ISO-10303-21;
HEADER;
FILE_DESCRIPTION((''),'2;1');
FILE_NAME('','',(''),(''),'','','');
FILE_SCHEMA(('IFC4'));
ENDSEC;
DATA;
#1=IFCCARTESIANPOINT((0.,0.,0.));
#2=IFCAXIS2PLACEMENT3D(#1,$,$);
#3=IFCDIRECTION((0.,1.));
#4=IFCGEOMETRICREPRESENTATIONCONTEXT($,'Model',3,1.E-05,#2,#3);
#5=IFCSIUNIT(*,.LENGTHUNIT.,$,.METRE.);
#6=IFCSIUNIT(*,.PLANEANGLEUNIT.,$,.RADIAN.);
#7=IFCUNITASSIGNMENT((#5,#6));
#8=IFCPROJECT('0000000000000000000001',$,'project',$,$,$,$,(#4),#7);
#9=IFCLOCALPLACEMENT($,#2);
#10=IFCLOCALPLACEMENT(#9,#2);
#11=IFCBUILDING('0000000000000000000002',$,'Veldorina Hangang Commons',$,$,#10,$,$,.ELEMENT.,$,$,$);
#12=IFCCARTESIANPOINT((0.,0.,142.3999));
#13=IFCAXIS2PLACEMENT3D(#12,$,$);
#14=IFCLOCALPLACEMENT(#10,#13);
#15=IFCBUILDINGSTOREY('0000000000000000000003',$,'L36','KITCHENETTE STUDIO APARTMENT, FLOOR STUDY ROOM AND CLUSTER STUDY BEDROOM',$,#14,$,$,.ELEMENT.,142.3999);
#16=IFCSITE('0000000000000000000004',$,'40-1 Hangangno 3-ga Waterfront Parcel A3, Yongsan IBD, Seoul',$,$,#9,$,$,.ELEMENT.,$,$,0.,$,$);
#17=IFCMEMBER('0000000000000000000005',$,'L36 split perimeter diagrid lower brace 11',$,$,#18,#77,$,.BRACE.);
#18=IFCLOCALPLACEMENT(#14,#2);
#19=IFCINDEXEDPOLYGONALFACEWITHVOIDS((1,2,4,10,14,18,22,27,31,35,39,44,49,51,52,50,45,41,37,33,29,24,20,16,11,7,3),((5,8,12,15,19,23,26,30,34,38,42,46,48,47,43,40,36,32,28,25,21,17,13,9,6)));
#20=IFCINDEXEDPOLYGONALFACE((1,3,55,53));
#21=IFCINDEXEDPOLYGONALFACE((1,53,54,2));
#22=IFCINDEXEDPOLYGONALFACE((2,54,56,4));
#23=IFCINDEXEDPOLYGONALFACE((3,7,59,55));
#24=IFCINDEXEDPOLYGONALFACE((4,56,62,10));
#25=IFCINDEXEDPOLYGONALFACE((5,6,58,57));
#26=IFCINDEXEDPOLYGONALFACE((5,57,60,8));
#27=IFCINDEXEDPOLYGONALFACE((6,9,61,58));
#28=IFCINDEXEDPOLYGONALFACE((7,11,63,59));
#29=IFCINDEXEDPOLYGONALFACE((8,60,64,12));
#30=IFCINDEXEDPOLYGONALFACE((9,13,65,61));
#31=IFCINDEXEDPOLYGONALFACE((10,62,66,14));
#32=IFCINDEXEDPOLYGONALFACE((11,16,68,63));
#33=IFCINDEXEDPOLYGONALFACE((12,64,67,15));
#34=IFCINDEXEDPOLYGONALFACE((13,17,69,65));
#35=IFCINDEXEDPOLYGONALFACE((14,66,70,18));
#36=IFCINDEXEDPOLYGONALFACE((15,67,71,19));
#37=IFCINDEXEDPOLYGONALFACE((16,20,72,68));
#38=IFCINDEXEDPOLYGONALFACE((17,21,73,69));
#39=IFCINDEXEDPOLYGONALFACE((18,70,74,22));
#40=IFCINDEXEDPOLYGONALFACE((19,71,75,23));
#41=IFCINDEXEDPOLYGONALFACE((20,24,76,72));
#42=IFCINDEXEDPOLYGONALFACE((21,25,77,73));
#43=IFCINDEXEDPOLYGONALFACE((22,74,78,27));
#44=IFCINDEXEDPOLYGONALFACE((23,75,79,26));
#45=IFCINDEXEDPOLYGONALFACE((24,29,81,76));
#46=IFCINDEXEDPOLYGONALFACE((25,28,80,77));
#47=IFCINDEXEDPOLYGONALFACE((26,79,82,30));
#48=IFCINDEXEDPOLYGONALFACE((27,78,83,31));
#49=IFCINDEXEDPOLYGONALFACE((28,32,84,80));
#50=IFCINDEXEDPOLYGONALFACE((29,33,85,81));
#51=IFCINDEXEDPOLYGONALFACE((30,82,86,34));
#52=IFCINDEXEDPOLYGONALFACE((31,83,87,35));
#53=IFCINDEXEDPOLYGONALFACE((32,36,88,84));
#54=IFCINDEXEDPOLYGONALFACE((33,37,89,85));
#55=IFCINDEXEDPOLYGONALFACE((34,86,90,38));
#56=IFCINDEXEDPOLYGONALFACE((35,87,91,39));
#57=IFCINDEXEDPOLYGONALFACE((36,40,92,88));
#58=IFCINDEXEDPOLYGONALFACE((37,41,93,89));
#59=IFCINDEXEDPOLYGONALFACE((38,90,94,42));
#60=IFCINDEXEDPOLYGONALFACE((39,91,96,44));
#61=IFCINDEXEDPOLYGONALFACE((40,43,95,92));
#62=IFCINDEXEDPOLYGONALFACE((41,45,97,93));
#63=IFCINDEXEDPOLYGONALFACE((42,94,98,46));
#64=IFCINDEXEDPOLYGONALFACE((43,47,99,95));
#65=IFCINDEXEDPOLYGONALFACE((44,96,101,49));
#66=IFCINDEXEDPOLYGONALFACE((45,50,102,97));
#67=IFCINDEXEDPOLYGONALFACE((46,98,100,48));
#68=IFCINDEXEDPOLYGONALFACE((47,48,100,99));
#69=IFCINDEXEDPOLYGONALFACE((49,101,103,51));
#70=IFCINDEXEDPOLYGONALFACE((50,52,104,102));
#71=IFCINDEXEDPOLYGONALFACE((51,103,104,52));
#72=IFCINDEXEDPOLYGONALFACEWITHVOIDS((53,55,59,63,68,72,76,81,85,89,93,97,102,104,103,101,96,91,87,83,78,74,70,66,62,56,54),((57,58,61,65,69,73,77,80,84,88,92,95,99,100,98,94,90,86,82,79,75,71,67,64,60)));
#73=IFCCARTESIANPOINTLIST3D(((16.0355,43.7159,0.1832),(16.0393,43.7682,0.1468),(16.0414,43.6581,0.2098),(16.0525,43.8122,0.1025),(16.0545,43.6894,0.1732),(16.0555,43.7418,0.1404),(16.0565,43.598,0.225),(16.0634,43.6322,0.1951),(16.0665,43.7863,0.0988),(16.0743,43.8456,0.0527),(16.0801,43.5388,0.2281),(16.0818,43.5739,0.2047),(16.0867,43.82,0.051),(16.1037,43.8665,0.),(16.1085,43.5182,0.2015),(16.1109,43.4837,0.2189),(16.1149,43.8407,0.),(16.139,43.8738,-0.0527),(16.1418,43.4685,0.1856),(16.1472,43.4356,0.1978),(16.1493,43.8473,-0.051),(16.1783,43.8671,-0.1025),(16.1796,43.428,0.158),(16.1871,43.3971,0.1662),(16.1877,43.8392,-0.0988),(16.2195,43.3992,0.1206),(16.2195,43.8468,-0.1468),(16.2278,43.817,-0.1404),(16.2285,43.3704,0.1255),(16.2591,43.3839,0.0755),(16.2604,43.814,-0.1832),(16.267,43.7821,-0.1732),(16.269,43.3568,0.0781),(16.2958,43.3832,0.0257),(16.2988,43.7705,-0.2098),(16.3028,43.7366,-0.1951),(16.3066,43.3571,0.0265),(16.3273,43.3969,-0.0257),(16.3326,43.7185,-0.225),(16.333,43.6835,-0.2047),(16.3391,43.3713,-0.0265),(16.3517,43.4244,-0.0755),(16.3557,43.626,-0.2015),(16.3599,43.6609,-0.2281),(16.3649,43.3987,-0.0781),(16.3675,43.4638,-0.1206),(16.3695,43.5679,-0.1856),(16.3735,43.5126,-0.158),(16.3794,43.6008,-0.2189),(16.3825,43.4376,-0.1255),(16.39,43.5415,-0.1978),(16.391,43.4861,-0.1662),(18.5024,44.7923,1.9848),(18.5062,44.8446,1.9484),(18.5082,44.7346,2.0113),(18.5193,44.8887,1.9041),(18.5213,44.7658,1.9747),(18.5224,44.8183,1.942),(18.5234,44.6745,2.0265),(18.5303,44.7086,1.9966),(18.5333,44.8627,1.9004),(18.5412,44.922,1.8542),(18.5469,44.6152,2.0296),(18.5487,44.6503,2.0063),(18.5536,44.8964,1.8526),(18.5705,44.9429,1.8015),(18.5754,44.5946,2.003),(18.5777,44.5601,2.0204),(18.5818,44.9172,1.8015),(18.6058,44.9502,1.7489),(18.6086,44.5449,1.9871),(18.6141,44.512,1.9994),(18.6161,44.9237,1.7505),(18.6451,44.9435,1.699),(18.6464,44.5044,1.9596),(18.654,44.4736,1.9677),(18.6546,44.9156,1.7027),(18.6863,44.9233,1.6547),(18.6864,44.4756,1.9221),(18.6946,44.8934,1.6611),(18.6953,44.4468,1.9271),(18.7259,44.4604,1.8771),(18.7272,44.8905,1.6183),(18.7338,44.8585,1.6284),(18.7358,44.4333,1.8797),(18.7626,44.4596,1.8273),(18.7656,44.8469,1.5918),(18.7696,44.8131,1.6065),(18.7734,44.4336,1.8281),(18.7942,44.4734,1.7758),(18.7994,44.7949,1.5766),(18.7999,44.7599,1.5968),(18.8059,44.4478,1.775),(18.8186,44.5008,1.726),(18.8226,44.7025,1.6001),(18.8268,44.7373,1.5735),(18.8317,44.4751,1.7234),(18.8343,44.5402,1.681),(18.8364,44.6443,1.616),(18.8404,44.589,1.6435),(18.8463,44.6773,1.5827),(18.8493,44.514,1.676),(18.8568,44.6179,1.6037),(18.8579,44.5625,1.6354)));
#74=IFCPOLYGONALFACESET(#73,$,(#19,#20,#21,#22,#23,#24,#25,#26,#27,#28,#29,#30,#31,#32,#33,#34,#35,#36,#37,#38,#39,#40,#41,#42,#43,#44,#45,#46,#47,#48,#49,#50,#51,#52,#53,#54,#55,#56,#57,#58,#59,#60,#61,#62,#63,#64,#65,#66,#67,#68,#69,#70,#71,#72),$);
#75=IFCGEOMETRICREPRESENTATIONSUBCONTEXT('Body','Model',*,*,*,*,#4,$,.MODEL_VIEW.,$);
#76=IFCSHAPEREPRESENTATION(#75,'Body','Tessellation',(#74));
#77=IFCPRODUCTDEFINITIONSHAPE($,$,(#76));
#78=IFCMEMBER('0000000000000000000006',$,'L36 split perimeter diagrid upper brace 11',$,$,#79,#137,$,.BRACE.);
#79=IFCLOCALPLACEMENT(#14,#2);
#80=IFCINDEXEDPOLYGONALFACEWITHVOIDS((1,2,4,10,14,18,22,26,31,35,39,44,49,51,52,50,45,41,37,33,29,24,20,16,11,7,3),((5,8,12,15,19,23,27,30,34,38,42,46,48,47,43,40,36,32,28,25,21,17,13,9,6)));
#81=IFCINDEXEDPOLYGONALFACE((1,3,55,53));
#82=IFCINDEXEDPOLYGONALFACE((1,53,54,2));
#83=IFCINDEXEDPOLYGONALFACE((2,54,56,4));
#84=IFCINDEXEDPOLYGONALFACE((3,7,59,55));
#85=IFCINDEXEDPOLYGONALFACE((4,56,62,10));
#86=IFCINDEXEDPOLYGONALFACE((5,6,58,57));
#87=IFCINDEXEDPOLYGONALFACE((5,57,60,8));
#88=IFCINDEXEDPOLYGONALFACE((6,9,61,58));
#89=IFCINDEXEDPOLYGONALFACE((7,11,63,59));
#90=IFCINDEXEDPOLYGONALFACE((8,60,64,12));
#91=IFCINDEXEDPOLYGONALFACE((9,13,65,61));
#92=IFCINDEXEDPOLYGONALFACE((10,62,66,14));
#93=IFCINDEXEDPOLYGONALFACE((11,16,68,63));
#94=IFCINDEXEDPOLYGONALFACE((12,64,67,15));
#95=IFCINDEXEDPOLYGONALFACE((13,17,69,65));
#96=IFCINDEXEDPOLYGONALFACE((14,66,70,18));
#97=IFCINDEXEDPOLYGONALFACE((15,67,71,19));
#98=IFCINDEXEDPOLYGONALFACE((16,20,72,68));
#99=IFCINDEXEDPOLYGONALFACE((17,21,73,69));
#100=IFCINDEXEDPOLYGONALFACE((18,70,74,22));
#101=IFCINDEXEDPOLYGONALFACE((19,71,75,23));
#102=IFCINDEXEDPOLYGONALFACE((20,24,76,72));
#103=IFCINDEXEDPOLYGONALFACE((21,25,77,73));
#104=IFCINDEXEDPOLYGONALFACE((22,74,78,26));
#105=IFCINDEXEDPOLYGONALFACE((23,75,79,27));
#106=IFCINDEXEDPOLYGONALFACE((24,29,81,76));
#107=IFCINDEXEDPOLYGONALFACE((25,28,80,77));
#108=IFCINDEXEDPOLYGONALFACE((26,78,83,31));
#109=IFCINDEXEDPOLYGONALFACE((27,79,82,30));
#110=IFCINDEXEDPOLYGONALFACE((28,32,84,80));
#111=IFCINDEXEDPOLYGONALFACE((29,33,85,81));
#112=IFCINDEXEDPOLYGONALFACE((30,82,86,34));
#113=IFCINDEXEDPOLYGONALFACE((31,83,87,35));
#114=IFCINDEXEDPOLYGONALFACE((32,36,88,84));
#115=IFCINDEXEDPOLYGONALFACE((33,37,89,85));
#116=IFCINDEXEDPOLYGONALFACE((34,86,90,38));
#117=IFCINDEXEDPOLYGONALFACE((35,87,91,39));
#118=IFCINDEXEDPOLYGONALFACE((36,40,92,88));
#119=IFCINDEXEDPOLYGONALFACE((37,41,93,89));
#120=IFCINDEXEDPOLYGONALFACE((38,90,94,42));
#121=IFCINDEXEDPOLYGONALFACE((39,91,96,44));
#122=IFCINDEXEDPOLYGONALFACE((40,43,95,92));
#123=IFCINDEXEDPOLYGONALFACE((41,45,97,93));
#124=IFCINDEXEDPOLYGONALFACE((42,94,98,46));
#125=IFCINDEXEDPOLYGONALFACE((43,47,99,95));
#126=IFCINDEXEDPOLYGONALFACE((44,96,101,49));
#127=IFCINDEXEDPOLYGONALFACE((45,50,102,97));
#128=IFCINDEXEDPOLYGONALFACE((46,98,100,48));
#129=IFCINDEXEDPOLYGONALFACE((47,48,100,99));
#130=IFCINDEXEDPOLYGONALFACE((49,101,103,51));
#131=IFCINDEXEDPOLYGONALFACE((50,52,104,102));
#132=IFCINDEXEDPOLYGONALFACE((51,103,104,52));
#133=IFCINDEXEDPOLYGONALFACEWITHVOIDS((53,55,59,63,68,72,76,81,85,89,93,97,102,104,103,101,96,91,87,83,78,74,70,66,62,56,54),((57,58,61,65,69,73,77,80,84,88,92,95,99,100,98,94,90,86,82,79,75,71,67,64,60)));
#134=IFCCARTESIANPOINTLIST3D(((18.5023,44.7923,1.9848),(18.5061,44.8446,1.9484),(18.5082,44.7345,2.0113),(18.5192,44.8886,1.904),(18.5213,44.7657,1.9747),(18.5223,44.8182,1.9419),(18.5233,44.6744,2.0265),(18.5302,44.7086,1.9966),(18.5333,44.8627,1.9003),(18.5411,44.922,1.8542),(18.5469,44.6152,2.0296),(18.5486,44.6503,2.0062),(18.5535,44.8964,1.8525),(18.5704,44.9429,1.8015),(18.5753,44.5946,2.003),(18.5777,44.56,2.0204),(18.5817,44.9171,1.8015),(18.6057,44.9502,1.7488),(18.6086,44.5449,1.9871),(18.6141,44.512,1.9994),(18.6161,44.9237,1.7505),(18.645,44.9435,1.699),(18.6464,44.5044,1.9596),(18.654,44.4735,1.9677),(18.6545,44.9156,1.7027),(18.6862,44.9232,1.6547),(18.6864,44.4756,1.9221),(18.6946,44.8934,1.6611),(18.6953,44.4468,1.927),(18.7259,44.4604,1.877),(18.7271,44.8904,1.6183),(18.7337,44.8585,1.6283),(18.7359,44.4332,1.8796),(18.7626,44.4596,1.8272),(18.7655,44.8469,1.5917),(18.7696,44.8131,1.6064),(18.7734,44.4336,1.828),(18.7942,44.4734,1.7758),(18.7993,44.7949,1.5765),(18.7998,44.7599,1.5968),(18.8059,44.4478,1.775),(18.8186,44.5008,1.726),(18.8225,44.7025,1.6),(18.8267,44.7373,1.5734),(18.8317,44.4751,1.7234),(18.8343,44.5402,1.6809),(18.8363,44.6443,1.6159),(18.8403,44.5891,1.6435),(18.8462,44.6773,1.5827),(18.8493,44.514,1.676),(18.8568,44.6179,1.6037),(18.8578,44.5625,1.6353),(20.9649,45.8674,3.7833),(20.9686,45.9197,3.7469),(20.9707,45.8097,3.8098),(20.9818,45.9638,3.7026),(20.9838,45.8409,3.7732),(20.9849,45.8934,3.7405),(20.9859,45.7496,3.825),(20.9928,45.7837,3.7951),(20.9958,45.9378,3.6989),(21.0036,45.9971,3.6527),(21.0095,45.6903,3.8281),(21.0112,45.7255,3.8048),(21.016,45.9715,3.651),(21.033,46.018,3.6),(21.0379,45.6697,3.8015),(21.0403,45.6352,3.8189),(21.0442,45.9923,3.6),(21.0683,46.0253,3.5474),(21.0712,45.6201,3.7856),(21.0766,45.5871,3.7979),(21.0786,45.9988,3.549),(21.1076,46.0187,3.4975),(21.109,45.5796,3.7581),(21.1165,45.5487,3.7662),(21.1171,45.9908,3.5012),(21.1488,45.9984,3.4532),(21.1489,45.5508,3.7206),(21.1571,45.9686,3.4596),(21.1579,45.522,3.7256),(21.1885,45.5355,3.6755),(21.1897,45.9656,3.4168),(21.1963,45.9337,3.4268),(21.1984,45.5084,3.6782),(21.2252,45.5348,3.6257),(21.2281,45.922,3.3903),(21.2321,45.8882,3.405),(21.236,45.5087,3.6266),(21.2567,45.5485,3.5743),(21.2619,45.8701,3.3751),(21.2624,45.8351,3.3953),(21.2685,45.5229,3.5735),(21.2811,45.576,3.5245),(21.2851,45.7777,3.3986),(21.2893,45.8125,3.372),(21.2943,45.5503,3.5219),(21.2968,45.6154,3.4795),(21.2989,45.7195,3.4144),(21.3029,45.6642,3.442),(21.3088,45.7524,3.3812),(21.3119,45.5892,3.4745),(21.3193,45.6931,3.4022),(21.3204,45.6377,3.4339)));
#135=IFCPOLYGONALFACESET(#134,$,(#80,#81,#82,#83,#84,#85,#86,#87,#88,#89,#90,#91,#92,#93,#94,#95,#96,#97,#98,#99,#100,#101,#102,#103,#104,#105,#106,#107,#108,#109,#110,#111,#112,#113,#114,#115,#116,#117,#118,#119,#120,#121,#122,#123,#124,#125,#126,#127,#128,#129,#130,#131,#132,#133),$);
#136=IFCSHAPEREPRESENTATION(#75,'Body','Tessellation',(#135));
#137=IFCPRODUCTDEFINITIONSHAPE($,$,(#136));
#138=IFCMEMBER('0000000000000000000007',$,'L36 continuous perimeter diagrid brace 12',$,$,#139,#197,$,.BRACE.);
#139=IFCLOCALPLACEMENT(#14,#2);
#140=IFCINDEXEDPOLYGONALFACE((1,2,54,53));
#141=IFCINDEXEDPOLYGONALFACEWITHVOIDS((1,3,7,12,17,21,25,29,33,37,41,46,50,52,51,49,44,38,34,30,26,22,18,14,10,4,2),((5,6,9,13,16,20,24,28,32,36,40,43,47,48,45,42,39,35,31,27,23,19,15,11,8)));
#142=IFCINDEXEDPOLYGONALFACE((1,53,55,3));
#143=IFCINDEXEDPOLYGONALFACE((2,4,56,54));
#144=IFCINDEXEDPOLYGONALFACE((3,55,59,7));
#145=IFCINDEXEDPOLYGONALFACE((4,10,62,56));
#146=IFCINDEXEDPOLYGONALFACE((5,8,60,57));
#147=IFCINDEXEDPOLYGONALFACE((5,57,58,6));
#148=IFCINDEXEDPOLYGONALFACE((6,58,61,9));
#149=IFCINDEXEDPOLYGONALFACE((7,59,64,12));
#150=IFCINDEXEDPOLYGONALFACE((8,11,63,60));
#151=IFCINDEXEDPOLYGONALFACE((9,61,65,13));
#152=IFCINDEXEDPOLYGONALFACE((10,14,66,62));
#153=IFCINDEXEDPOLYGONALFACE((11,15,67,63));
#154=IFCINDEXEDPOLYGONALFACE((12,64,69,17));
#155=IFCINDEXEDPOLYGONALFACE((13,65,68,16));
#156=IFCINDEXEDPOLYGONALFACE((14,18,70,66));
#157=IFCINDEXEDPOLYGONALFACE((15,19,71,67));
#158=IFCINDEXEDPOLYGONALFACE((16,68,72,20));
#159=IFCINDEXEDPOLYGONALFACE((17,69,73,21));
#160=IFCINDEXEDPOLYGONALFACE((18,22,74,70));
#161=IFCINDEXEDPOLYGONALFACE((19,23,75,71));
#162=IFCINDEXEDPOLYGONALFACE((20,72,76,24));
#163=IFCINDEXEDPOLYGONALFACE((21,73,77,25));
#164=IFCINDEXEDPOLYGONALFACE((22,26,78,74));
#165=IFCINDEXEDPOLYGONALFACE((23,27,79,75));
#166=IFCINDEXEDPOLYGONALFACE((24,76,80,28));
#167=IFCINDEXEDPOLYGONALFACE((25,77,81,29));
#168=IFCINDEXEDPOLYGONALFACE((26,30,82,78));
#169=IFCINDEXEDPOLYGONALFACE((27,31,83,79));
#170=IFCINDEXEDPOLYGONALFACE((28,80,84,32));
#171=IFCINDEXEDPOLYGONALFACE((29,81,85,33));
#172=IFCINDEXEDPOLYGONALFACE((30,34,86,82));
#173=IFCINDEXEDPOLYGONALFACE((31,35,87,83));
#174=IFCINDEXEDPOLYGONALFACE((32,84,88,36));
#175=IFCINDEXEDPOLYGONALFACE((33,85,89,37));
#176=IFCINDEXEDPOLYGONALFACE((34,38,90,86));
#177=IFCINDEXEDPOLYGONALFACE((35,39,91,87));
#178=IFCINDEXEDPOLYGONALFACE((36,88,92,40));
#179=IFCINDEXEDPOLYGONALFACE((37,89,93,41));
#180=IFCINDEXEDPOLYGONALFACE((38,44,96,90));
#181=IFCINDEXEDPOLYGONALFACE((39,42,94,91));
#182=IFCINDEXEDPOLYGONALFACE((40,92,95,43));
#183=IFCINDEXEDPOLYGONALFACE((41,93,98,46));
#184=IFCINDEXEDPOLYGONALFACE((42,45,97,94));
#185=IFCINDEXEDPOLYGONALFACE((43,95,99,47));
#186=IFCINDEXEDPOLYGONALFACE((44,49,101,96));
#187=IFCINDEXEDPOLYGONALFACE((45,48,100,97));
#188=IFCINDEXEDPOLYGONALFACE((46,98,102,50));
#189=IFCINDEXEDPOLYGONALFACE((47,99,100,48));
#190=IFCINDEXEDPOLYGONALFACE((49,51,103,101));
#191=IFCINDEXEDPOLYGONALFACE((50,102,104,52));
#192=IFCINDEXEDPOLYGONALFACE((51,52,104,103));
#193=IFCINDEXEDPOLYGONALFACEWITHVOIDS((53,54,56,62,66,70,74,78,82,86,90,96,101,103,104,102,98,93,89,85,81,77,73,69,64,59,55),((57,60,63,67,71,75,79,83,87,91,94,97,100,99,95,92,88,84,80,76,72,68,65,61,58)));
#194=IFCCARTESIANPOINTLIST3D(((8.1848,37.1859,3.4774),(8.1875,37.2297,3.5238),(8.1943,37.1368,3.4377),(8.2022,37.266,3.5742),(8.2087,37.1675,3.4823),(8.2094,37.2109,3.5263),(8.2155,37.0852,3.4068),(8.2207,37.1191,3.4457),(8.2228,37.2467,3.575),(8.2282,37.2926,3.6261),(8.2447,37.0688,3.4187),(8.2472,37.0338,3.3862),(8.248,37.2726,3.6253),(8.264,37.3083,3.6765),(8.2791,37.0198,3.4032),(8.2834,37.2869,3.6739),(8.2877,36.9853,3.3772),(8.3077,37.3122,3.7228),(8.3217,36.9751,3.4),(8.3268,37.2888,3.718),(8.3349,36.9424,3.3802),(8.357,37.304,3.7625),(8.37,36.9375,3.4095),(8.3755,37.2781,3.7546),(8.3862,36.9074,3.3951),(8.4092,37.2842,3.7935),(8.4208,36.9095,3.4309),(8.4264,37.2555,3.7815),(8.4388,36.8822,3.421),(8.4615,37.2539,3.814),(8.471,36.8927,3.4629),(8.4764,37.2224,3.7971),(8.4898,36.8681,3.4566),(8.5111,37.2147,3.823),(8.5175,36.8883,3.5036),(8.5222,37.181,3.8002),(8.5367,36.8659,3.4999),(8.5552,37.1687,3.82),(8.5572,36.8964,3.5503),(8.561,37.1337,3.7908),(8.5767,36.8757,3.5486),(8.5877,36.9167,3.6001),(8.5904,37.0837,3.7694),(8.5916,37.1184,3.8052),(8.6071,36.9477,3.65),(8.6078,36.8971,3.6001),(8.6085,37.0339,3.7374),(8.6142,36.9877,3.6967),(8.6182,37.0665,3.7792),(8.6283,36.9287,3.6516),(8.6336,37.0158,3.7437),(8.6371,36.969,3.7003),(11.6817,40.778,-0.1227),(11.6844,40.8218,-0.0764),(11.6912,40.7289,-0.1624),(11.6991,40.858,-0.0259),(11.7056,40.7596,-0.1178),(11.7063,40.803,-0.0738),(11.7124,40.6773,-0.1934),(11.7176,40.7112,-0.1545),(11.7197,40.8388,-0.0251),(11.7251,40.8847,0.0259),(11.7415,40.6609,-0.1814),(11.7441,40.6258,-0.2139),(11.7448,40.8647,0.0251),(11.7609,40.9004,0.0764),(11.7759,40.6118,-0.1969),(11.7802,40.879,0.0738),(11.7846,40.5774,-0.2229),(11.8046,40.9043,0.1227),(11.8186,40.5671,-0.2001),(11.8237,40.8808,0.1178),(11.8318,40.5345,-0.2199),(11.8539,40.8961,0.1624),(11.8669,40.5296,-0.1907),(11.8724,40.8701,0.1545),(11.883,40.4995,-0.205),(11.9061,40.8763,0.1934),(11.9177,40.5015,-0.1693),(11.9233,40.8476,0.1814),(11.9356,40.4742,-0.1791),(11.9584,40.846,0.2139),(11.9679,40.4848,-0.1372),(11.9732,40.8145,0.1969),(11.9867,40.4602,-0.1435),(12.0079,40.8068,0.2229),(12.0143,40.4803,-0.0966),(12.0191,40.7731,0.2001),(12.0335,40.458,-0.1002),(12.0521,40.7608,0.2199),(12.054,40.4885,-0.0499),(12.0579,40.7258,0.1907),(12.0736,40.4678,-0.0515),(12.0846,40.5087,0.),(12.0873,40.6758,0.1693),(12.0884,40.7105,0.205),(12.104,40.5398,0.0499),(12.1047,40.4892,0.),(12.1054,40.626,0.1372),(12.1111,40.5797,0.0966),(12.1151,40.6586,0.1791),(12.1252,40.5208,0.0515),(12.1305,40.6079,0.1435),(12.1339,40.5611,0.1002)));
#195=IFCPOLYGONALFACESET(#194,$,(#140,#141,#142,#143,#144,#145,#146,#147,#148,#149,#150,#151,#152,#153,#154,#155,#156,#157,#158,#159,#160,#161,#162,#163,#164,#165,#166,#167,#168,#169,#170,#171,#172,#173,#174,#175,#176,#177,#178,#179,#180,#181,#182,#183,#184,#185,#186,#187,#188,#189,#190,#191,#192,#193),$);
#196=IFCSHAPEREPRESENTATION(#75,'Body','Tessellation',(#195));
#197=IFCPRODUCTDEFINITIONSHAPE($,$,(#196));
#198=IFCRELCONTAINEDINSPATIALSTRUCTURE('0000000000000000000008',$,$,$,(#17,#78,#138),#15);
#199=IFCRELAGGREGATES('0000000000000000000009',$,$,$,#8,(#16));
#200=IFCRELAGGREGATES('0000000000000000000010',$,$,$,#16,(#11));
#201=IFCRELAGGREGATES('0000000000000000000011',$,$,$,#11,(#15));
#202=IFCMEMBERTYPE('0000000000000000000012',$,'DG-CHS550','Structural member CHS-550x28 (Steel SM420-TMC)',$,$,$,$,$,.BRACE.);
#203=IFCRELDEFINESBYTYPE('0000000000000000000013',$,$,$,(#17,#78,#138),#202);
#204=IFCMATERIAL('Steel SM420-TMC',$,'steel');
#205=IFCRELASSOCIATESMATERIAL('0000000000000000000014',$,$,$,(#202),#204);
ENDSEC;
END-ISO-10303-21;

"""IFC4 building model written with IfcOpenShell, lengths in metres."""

from ifc_helpers import new_model, si_unit, direction, frame, origin, origin_2d, place, context, subcontext, project, spatial, hollow_circle, extrude, material, material_profile, profile_set, type_object, element, save


model = new_model("IFC4")

# Units and contexts
model_context = context("Model", 3, precision=1e-05, world=origin(), true_north=direction((0.0, 1.0)))
body_context = subcontext(model_context, "Body", "Model", "MODEL_VIEW")
ifc_project = project(units=[si_unit("LENGTHUNIT", "METRE"), si_unit("PLANEANGLEUNIT", "RADIAN")], contexts=[model_context])

# Site, building, storey
site_placement = place(None, origin())
site = spatial("IfcSite", under=ifc_project, at=site_placement, Name="40-1 Hangangno 3-ga Waterfront Parcel A3, Yongsan IBD, Seoul", CompositionType="ELEMENT", RefElevation=0.0)
building_placement = place(site_placement, origin())
building = spatial("IfcBuilding", under=site, at=building_placement, Name="Veldorina Hangang Commons", CompositionType="ELEMENT")
storey_placement = place(building_placement, frame((0.0, 0.0, 142.3999)))
storey = spatial("IfcBuildingStorey", under=building, at=storey_placement, Name="L36", Description="KITCHENETTE STUDIO APARTMENT, FLOOR STUDY ROOM AND CLUSTER STUDY BEDROOM", CompositionType="ELEMENT", Elevation=142.3999)

# Shared definitions
ifc_material_1 = material(Name="Steel SM420-TMC", Category="steel")

# Members
ifc_material_profile_1 = material_profile(ifc_material_1, hollow_circle(Radius=0.2749, WallThickness=0.0281, at=origin_2d()), Name="CHS-550x28")
ifc_profile_set_1 = profile_set([ifc_material_profile_1], Name="Steel SM420-TMC")
member_type = type_object("IfcMemberType", Name="DG-CHS550", Description="Structural member CHS-550x28 (Steel SM420-TMC)", PredefinedType="BRACE", material=ifc_profile_set_1)
member_1_placement = place(storey_placement, frame((16.2136, 43.6145, 0.0), z_axis=(0.761662, 0.33236, 0.556245), x_axis=(-0.399943, 0.91654, 0.0)))
element("IfcMember", 1, at=member_1_placement, inside=storey, type_object=member_type, Name="L36 split perimeter diagrid lower brace 11", PredefinedType="BRACE", context=body_context, shape_type="SweptSolid", body=[
    extrude(hollow_circle(Radius=0.2749, WallThickness=0.0281, at=origin_2d()), origin(), (0.0, 0.0, 1.0), 3.2388),
])
member_2_placement = place(storey_placement, frame((18.6804, 44.6909, 1.8015), z_axis=(0.761602, 0.332517, 0.556233), x_axis=(-0.400128, 0.916459, 0.0)))
element("IfcMember", 2, at=member_2_placement, inside=storey, type_object=member_type, Name="L36 split perimeter diagrid upper brace 11", PredefinedType="BRACE", context=body_context, shape_type="SweptSolid", body=[
    extrude(hollow_circle(Radius=0.2749, WallThickness=0.0281, at=origin_2d()), origin(), (0.0, 0.0, 1.0), 3.2334),
])
member_3_placement = place(storey_placement, frame((11.9077, 40.6809, 0.0), z_axis=(-0.56658, -0.582008, 0.583313), x_axis=(0.71654, -0.697546, 0.0)))
element("IfcMember", 3, at=member_3_placement, inside=storey, type_object=member_type, Name="L36 continuous perimeter diagrid brace 12", PredefinedType="BRACE", context=body_context, shape_type="SweptSolid", body=[
    extrude(hollow_circle(Radius=0.2749, WallThickness=0.0281, at=origin_2d()), origin(), (0.0, 0.0, 1.0), 6.1719),
])

save(model, "model.ifc")
